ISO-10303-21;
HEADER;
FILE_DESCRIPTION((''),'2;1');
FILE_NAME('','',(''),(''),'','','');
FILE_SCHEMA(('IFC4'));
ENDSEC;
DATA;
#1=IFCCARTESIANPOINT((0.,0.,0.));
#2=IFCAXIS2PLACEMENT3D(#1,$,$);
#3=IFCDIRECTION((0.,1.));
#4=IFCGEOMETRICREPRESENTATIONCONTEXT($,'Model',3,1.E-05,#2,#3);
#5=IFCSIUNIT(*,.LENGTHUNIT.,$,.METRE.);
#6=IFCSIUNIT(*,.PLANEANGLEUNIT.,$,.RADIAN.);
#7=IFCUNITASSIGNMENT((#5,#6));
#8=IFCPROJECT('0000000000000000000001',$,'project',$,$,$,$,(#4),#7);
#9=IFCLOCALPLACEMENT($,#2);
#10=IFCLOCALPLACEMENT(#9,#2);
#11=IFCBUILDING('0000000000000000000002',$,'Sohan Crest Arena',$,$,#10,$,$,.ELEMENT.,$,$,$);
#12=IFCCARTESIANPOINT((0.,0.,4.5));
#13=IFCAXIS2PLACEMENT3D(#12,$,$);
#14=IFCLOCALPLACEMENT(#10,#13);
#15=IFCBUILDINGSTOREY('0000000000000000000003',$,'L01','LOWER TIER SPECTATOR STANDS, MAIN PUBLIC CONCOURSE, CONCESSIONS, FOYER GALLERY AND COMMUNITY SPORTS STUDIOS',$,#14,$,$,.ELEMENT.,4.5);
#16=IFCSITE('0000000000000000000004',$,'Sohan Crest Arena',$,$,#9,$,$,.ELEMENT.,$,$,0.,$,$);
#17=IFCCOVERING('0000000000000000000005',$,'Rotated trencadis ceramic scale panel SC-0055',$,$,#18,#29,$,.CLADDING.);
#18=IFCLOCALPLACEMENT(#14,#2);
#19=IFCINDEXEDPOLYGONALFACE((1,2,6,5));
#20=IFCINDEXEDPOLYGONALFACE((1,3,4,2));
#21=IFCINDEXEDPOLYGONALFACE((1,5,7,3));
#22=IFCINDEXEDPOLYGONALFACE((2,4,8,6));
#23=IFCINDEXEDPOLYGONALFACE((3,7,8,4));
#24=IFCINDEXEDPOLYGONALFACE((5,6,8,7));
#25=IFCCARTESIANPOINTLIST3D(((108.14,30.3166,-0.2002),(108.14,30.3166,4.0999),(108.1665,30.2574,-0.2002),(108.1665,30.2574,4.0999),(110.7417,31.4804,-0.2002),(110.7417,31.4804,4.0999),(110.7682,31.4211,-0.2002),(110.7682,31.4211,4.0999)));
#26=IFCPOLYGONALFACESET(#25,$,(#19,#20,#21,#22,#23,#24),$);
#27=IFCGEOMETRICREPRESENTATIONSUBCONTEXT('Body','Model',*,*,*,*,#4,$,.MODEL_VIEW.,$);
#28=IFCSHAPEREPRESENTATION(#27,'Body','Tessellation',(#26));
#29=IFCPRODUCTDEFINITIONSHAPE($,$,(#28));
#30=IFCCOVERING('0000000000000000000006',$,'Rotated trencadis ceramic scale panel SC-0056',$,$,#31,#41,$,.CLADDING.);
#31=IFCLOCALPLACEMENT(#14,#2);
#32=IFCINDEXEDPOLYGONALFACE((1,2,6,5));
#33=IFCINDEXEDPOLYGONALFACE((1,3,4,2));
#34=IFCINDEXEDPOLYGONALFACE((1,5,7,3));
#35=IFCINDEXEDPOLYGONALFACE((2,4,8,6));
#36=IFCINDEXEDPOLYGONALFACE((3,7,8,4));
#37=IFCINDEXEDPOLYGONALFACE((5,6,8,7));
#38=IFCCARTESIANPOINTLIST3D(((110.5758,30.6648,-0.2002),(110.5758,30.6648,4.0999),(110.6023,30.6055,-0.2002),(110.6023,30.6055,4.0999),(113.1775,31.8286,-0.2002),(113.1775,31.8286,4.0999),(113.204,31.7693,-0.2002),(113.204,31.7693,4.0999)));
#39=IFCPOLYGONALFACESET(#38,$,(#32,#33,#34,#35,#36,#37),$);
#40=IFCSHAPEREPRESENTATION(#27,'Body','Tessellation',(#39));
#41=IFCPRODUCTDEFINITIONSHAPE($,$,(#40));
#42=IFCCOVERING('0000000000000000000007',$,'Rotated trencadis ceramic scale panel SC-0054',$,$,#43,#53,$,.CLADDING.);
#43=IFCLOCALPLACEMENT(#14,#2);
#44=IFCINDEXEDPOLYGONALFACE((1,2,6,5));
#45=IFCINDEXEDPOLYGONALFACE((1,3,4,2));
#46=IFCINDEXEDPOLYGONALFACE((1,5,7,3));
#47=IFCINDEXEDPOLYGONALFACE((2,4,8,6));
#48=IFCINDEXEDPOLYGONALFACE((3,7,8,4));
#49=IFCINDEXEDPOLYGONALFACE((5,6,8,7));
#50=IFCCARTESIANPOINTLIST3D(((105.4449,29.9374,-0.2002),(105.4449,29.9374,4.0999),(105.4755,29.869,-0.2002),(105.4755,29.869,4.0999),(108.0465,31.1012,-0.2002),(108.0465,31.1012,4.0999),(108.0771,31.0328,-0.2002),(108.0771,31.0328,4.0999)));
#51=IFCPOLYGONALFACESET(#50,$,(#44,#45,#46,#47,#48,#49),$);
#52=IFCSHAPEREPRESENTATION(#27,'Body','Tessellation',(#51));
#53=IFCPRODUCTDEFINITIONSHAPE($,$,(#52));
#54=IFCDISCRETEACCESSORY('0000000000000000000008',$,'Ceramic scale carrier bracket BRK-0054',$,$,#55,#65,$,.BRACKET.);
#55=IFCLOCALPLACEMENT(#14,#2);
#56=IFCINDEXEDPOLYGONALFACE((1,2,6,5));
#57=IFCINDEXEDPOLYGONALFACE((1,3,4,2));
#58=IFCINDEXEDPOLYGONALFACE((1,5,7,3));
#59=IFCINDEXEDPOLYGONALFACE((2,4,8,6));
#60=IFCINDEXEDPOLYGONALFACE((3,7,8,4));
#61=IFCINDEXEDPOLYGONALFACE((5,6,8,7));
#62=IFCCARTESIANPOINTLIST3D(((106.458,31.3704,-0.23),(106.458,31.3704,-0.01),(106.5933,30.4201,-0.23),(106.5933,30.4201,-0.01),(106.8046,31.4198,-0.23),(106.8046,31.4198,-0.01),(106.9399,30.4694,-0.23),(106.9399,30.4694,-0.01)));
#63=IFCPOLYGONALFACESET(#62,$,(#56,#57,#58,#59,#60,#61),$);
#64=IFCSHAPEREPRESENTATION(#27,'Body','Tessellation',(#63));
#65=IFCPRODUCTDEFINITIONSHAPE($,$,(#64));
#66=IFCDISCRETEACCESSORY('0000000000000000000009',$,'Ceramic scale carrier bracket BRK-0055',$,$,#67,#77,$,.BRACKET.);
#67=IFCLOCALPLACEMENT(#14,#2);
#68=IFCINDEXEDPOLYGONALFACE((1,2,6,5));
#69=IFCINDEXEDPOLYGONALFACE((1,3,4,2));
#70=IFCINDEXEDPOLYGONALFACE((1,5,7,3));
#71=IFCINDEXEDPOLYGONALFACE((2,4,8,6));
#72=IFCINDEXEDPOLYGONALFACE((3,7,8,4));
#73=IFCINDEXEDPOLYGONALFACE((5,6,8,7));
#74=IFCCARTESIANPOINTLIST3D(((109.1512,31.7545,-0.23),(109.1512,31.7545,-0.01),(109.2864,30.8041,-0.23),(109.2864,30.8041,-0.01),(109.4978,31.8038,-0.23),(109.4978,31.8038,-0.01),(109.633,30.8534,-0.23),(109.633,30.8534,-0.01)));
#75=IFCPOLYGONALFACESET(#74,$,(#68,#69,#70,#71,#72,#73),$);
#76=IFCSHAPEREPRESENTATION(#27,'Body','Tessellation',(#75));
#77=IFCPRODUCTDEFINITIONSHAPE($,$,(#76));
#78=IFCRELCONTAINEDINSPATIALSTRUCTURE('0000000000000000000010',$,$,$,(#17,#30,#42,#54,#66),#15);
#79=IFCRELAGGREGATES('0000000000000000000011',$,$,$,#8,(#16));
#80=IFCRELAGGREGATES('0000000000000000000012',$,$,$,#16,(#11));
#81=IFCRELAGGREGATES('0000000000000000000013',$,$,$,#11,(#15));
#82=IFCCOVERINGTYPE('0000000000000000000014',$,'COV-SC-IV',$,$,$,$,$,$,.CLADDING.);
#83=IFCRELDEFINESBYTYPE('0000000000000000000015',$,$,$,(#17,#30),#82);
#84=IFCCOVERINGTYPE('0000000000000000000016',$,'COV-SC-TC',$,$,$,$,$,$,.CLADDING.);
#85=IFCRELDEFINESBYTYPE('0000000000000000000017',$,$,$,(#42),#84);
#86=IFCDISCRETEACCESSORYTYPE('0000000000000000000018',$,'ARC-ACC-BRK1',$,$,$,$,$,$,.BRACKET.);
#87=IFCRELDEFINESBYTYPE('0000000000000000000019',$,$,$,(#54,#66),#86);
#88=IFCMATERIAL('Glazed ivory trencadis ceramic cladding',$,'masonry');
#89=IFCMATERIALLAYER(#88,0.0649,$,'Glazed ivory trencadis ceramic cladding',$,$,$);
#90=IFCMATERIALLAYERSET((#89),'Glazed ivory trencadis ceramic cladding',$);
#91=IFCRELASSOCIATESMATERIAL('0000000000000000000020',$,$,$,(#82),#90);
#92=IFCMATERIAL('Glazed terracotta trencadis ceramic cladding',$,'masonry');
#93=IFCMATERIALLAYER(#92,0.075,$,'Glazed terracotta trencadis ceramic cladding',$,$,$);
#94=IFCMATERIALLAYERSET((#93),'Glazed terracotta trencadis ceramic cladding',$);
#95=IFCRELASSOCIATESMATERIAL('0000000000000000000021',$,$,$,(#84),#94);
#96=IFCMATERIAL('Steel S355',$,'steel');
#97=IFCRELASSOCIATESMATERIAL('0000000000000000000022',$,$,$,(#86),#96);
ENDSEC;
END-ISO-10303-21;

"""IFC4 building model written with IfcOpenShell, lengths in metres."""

from ifc_helpers import new_model, si_unit, direction, frame, origin, origin_2d, place, context, subcontext, project, spatial, rectangle, extrude, material, layer, layer_set, type_object, element, save


model = new_model("IFC4")

# Units and contexts
model_context = context("Model", 3, precision=1e-05, world=origin(), true_north=direction((0.0, 1.0)))
body_context = subcontext(model_context, "Body", "Model", "MODEL_VIEW")
ifc_project = project(units=[si_unit("LENGTHUNIT", "METRE"), si_unit("PLANEANGLEUNIT", "RADIAN")], contexts=[model_context])

# Site, building, storey
site_placement = place(None, origin())
site = spatial("IfcSite", under=ifc_project, at=site_placement, Name="Sohan Crest Arena", CompositionType="ELEMENT", RefElevation=0.0)
building_placement = place(site_placement, origin())
building = spatial("IfcBuilding", under=site, at=building_placement, Name="Sohan Crest Arena", CompositionType="ELEMENT")
storey_placement = place(building_placement, frame((0.0, 0.0, 4.5)))
storey = spatial("IfcBuildingStorey", under=building, at=storey_placement, Name="L01", Description="LOWER TIER SPECTATOR STANDS, MAIN PUBLIC CONCOURSE, CONCESSIONS, FOYER GALLERY AND COMMUNITY SPORTS STUDIOS", CompositionType="ELEMENT", Elevation=4.5)

# Shared definitions
ifc_material_1 = material(Name="Steel S355", Category="steel")

# Coverings
ifc_material_2 = material(Name="Glazed ivory trencadis ceramic cladding", Category="masonry")
ifc_layer_1 = layer(ifc_material_2, 0.0649, Name="Glazed ivory trencadis ceramic cladding")
ifc_layer_set_1 = layer_set([ifc_layer_1], Name="Glazed ivory trencadis ceramic cladding")
covering_type_1 = type_object("IfcCoveringType", Name="COV-SC-IV", PredefinedType="CLADDING", material=ifc_layer_set_1)
for number, where, z_axis, x_axis, name in (
    (1, (109.4541, 30.8689, -0.2002), (0.0, 0.0, 1.0), (0.912834, 0.40833, 0.0), "Rotated trencadis ceramic scale panel SC-0055"),
    (2, (111.8899, 31.217, -0.2002), (0.0, 0.0, 1.0), (0.912834, 0.40833, 0.0), "Rotated trencadis ceramic scale panel SC-0056"),
):
    element("IfcCovering", number, at=place(storey_placement, frame(where, z_axis=z_axis, x_axis=x_axis)), inside=storey, type_object=covering_type_1, Name=name, PredefinedType="CLADDING", context=body_context, shape_type="SweptSolid", body=[
        extrude(rectangle(XDim=2.8501, YDim=0.0649, at=origin_2d()), origin(), (0.0, 0.0, 1.0), 4.3),
    ])
ifc_material_3 = material(Name="Glazed terracotta trencadis ceramic cladding", Category="masonry")
ifc_layer_2 = layer(ifc_material_3, 0.075, Name="Glazed terracotta trencadis ceramic cladding")
ifc_layer_set_2 = layer_set([ifc_layer_2], Name="Glazed terracotta trencadis ceramic cladding")
covering_type_2 = type_object("IfcCoveringType", Name="COV-SC-TC", PredefinedType="CLADDING", material=ifc_layer_set_2)
covering_placement = place(storey_placement, frame((106.761, 30.4851, -0.2002), z_axis=(0.0, 0.0, 1.0), x_axis=(0.912834, 0.40833, 0.0)))
element("IfcCovering", 3, at=covering_placement, inside=storey, type_object=covering_type_2, Name="Rotated trencadis ceramic scale panel SC-0054", PredefinedType="CLADDING", context=body_context, shape_type="SweptSolid", body=[
    extrude(rectangle(XDim=2.8501, YDim=0.075, at=origin_2d()), origin(), (0.0, 0.0, 1.0), 4.3),
])

# Discrete accessories
discrete_accessory_type = type_object("IfcDiscreteAccessoryType", Name="ARC-ACC-BRK1", PredefinedType="BRACKET", material=ifc_material_1)
for number, where, z_axis, x_axis, name in (
    (4, (106.699, 30.9199, -0.23), (0.0, 0.0, 1.0), (0.990024, 0.140901, 0.0), "Ceramic scale carrier bracket BRK-0054"),
    (5, (109.3921, 31.304, -0.23), (0.0, 0.0, 1.0), (0.990024, 0.140901, 0.0), "Ceramic scale carrier bracket BRK-0055"),
):
    element("IfcDiscreteAccessory", number, at=place(storey_placement, frame(where, z_axis=z_axis, x_axis=x_axis)), inside=storey, type_object=discrete_accessory_type, Name=name, PredefinedType="BRACKET", context=body_context, shape_type="SweptSolid", body=[
        extrude(rectangle(XDim=0.3501, YDim=0.96, at=origin_2d()), origin(), (0.0, 0.0, 1.0), 0.22),
    ])

save(model, "model.ifc")
